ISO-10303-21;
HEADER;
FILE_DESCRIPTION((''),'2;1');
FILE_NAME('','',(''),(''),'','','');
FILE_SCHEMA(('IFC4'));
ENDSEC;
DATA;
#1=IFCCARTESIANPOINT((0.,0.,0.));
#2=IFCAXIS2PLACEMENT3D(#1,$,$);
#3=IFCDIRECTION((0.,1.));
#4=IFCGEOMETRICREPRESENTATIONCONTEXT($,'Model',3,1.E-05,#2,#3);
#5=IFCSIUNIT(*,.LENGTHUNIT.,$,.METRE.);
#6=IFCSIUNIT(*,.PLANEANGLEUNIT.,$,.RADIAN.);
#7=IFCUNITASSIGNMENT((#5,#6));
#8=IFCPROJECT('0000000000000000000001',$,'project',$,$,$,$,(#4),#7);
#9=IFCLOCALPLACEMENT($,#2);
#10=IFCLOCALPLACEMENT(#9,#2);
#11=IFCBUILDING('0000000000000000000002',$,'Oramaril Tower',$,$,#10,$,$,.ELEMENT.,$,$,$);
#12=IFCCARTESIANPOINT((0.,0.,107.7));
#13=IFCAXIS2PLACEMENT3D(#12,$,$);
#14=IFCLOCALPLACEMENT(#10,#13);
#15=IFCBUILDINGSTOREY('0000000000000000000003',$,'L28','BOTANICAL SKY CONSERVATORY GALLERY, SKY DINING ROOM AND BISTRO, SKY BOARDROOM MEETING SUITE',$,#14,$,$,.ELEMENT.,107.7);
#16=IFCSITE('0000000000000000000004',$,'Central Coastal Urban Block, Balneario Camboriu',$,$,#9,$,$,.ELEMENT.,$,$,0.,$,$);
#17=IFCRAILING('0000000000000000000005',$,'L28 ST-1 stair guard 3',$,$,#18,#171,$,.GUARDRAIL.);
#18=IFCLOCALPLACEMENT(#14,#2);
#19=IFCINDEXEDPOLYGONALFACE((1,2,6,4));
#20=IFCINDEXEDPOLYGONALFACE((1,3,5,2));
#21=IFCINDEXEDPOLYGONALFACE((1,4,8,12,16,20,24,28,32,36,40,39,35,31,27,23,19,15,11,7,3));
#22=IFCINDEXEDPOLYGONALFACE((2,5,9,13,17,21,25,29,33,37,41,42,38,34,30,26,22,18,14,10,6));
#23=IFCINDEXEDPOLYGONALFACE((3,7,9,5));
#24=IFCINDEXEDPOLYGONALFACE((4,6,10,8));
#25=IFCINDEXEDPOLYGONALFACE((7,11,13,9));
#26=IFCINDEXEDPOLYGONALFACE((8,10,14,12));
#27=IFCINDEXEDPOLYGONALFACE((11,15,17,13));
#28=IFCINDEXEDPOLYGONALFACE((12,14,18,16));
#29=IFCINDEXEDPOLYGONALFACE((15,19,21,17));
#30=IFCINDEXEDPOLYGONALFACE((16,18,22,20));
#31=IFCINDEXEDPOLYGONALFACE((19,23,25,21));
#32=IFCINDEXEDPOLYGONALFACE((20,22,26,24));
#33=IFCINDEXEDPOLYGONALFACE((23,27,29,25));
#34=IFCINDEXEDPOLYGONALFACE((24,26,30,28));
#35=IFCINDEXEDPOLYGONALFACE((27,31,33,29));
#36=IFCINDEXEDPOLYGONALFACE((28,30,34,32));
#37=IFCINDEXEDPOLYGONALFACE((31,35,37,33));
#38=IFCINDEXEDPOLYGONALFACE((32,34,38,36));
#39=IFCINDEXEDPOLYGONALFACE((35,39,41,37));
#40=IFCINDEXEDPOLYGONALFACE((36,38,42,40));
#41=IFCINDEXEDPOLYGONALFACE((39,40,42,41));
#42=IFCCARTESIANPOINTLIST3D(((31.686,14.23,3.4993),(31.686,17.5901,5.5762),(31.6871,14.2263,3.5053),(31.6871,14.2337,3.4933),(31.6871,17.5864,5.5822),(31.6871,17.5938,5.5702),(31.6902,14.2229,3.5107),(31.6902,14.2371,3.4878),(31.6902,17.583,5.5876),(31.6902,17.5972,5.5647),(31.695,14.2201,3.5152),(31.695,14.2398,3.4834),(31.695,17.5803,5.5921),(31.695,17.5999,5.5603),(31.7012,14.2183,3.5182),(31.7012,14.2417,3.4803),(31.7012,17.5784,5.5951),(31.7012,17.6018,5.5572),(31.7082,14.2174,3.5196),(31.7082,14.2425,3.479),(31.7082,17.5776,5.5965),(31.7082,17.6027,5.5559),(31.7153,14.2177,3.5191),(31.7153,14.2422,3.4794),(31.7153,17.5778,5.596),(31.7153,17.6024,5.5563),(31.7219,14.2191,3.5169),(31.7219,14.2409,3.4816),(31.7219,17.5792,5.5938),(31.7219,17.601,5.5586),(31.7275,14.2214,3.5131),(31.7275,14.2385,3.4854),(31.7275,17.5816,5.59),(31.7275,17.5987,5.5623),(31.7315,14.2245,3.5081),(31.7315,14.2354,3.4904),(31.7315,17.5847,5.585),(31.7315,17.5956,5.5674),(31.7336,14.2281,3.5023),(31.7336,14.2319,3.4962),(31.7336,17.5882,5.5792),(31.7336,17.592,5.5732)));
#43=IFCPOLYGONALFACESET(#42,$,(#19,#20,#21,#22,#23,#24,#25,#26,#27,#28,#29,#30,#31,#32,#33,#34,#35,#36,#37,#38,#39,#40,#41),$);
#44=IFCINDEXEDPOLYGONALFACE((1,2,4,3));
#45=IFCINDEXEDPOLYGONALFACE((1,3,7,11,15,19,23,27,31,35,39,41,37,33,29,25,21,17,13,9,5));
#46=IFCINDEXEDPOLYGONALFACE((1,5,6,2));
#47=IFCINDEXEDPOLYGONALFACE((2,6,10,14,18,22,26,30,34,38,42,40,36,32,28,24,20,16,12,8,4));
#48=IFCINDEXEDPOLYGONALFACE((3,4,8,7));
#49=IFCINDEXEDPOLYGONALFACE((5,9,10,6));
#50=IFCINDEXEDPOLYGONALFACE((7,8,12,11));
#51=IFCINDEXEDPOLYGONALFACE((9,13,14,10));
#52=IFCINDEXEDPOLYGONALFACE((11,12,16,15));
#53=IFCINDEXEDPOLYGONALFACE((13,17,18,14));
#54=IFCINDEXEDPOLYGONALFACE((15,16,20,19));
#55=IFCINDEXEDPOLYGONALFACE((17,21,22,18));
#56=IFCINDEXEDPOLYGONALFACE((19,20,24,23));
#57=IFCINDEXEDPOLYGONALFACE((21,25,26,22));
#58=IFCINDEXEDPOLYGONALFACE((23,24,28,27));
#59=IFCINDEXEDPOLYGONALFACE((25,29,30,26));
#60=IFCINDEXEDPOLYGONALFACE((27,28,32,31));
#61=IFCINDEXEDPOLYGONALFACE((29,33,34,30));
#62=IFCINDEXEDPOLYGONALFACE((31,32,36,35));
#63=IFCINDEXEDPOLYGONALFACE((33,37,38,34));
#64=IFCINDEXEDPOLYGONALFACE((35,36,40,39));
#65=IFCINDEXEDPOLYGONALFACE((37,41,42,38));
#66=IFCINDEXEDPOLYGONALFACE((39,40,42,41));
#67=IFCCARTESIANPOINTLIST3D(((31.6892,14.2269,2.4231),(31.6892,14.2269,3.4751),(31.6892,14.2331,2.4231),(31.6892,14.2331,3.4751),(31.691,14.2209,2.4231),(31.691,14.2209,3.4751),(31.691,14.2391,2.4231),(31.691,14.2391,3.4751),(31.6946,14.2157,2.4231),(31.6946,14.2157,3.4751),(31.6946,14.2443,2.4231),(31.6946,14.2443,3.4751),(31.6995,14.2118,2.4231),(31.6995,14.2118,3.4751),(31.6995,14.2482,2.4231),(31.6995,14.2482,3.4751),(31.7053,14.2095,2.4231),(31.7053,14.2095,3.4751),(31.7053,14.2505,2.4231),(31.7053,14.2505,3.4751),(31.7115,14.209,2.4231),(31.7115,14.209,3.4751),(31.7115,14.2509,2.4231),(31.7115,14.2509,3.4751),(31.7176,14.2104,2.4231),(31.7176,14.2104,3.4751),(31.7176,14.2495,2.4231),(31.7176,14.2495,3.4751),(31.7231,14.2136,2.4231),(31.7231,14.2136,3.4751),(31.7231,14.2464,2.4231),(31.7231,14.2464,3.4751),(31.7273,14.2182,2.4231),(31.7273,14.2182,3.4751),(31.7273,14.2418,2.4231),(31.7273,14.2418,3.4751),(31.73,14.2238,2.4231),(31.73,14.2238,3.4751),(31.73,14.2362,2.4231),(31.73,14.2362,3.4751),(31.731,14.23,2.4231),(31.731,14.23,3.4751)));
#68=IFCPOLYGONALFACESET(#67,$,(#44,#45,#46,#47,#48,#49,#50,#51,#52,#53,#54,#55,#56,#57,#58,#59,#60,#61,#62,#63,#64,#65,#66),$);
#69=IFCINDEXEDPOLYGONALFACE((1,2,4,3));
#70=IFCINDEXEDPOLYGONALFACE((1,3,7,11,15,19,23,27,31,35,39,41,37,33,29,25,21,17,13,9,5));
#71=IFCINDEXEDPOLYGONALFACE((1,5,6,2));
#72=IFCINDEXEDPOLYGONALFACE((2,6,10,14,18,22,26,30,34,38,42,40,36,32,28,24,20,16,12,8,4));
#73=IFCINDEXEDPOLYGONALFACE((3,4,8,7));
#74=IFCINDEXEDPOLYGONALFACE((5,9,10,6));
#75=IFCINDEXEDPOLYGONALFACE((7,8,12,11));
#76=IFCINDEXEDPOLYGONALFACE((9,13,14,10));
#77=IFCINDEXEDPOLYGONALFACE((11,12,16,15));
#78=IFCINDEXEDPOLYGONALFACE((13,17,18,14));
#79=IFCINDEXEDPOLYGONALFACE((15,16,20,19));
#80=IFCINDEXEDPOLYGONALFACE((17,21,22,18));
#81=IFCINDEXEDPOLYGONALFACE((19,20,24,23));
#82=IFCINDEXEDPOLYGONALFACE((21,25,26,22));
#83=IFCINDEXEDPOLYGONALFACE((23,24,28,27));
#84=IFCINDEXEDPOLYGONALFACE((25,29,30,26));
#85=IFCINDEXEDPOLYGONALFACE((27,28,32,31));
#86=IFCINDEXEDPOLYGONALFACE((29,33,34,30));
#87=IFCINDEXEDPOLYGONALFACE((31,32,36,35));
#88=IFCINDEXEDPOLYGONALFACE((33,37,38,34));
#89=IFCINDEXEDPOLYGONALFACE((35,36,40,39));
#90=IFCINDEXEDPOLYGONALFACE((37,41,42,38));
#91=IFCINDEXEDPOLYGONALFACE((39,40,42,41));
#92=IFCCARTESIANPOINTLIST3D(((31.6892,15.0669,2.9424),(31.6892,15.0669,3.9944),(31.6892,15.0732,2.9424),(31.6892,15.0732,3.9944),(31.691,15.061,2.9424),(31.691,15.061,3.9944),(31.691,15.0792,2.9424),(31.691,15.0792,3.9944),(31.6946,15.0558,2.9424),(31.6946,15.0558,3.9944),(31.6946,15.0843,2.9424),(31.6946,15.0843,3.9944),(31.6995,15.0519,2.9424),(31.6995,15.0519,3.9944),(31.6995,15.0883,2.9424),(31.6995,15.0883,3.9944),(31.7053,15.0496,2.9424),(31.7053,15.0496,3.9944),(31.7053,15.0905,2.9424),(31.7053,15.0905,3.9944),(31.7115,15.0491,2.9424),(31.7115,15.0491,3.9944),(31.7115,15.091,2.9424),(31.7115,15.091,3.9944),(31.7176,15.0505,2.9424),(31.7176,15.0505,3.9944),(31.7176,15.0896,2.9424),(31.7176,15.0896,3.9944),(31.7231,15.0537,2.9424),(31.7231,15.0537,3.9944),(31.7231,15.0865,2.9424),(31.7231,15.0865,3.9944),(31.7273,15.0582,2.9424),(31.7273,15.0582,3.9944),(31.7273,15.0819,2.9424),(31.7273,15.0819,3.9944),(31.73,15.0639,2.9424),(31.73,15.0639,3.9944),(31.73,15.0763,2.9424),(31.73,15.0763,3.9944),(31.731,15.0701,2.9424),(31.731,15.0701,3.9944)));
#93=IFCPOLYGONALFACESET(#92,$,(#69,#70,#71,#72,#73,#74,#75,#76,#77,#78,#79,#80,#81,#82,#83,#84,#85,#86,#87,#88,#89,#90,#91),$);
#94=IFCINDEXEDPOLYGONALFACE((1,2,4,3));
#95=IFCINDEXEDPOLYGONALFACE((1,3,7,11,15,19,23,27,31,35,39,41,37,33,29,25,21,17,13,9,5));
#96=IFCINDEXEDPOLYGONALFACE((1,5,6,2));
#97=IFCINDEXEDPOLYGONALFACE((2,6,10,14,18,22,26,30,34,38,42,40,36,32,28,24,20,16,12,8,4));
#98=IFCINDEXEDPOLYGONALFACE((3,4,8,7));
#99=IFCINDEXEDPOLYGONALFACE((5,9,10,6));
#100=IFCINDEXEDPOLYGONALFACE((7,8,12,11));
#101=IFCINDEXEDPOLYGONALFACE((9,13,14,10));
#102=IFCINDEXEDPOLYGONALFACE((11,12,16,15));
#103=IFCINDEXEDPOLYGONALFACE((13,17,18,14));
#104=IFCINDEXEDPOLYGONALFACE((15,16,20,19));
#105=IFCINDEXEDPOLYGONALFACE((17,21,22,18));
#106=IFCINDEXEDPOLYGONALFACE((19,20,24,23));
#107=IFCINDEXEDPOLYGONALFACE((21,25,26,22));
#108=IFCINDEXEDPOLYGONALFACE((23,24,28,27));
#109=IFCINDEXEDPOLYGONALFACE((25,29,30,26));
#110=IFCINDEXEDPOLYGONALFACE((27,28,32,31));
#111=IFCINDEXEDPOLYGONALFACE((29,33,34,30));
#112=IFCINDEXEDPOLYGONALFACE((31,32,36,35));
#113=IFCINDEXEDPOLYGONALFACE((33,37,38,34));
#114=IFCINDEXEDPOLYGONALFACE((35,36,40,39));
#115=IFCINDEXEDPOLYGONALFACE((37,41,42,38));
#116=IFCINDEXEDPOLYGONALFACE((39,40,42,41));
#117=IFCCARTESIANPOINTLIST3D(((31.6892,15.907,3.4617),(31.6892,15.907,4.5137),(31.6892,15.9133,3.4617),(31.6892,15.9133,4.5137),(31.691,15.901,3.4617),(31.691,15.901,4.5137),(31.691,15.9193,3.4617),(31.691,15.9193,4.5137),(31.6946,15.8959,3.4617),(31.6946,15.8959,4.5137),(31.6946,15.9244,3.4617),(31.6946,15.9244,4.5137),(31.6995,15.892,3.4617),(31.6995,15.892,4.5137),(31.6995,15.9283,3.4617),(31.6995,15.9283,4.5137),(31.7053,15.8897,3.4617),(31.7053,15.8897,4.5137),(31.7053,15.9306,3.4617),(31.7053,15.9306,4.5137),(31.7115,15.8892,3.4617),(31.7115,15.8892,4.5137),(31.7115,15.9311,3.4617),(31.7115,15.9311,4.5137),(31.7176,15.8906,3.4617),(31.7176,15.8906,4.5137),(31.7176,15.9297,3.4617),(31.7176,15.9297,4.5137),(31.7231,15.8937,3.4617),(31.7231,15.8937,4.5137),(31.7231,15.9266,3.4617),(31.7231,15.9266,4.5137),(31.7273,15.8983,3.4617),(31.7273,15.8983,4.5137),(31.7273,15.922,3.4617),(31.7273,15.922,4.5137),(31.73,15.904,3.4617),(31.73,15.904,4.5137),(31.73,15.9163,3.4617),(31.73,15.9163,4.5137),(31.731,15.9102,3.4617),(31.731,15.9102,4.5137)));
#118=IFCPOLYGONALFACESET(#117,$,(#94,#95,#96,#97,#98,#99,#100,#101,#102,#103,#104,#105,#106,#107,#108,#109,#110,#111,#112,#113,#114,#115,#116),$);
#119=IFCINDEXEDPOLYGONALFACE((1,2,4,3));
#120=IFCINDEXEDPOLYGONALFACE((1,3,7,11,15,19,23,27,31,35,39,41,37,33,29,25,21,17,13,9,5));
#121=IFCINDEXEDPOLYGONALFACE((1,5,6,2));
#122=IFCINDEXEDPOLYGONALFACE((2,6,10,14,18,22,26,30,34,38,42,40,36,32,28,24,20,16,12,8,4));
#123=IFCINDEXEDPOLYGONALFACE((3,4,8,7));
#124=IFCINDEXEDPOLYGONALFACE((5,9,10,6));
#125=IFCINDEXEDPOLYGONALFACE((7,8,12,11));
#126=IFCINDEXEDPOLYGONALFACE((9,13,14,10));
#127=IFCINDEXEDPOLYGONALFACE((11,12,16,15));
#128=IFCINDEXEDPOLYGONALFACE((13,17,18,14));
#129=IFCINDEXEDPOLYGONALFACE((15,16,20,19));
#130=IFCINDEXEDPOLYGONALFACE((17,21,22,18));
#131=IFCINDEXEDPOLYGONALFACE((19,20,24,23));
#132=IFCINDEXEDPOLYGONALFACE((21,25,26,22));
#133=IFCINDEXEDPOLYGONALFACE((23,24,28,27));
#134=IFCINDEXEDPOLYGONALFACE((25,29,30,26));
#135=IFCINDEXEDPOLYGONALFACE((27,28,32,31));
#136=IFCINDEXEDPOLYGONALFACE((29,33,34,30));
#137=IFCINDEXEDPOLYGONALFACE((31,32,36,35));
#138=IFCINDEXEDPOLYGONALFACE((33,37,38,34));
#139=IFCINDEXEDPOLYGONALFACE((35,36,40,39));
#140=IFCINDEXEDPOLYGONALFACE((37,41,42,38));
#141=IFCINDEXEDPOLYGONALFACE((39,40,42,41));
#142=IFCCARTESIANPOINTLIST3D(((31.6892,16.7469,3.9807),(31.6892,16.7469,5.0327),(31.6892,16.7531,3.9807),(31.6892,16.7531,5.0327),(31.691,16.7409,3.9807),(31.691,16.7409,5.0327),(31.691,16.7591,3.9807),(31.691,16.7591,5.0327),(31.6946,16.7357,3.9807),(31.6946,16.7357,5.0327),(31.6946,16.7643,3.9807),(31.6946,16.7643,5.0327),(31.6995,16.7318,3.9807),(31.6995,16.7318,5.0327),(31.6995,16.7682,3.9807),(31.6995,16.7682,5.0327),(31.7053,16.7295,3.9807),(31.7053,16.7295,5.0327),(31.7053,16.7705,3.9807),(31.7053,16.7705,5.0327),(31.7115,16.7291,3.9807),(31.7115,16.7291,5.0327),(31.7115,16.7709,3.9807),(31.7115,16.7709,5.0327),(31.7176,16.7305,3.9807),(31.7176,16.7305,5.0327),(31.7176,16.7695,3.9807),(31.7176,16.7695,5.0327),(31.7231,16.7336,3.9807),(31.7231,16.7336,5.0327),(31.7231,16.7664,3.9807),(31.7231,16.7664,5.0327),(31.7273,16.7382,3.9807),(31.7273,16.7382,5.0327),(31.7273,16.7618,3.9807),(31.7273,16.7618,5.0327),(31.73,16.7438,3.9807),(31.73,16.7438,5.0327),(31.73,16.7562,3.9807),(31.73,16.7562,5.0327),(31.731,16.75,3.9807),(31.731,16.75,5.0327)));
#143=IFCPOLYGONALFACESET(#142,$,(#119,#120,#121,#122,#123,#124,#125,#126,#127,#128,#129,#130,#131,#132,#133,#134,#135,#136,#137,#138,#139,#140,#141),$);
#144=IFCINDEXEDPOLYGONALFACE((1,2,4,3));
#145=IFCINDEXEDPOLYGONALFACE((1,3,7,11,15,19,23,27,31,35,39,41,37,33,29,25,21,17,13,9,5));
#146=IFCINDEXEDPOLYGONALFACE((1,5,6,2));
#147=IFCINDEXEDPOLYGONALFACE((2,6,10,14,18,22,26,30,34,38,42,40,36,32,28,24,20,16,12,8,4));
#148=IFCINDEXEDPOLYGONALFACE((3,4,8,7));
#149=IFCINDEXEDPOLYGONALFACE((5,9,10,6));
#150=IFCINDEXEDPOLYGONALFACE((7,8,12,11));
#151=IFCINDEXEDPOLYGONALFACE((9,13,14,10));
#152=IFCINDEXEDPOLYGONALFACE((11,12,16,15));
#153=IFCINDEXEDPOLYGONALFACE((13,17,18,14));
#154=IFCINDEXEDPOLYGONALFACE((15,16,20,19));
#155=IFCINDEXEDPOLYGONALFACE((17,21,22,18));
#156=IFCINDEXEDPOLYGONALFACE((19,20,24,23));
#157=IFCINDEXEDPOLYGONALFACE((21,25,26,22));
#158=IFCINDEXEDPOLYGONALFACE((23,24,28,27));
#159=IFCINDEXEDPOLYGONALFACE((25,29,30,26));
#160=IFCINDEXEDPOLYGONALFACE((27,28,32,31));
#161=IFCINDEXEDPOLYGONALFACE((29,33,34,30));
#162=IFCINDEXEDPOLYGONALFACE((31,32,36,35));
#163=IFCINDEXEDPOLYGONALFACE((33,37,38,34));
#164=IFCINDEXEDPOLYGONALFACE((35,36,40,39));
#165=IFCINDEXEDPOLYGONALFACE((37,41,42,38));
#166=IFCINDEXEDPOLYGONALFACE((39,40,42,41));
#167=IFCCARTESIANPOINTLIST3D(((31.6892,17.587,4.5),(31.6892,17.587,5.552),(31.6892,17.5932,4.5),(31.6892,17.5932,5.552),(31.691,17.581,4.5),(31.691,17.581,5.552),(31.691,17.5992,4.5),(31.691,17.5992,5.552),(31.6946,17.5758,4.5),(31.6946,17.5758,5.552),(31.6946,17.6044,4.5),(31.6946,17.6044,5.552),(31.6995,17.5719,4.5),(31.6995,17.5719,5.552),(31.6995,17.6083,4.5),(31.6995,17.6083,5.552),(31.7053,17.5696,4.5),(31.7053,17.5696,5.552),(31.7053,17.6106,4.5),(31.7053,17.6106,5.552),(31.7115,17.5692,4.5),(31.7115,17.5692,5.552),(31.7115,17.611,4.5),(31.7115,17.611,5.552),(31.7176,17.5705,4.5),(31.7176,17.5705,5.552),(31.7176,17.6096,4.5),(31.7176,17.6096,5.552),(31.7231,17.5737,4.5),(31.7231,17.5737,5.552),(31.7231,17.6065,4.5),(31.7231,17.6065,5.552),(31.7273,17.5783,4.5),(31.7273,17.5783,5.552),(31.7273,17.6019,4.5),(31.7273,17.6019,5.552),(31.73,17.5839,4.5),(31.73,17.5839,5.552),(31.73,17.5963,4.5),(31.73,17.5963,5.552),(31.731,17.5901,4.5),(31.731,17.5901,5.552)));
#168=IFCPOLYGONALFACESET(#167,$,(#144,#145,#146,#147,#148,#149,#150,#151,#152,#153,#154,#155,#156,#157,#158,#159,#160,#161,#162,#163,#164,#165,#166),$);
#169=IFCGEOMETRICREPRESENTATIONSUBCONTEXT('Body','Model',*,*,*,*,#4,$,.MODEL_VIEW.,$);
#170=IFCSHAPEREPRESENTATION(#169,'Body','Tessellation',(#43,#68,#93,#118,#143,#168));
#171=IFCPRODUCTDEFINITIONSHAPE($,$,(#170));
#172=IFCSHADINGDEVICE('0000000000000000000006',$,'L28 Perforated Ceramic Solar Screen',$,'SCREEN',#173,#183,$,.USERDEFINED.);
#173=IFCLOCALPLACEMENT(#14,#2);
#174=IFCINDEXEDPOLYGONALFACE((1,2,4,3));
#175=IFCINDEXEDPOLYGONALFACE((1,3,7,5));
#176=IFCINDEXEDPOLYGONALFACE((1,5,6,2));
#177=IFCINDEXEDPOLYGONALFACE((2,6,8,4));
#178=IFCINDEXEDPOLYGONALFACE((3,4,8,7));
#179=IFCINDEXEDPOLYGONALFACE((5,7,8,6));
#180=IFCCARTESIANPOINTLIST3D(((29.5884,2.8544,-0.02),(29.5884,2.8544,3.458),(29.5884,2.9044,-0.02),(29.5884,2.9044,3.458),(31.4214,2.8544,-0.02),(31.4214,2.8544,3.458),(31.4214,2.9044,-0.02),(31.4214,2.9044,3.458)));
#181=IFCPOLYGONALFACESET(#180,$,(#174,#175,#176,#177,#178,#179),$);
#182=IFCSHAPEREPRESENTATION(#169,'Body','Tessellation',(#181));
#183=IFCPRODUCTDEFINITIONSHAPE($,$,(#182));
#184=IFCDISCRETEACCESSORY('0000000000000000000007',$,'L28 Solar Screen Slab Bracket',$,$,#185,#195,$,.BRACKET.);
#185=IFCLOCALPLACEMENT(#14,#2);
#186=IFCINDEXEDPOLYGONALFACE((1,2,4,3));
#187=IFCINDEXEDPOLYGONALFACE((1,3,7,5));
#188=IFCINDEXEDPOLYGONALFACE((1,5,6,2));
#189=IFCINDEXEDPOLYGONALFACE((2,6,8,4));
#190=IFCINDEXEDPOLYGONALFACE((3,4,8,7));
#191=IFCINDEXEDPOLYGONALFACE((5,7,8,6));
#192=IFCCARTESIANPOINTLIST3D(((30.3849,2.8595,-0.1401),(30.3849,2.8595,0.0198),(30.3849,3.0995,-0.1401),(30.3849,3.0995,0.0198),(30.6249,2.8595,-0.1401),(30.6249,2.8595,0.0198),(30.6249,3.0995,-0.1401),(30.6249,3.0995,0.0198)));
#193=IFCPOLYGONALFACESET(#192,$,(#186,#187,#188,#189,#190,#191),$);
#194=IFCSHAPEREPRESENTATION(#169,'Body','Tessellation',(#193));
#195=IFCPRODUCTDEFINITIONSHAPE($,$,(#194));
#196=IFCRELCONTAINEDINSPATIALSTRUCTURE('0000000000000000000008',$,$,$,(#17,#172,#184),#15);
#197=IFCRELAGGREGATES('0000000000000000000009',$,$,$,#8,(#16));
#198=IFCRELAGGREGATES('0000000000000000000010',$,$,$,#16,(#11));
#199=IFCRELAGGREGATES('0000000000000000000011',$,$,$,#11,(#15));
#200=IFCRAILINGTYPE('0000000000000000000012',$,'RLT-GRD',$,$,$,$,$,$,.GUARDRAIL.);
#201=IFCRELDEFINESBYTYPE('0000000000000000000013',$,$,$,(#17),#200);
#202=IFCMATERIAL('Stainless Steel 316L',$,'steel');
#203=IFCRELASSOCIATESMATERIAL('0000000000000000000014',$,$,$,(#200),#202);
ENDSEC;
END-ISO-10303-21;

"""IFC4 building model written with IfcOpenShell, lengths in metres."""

from ifc_helpers import new_model, si_unit, direction, frame, origin, origin_2d, place, context, subcontext, project, spatial, rectangle, circle, extrude, material, type_object, element, save


model = new_model("IFC4")

# Units and contexts
model_context = context("Model", 3, precision=1e-05, world=origin(), true_north=direction((0.0, 1.0)))
body_context = subcontext(model_context, "Body", "Model", "MODEL_VIEW")
ifc_project = project(units=[si_unit("LENGTHUNIT", "METRE"), si_unit("PLANEANGLEUNIT", "RADIAN")], contexts=[model_context])

# Site, building, storey
site_placement = place(None, origin())
site = spatial("IfcSite", under=ifc_project, at=site_placement, Name="Central Coastal Urban Block, Balneario Camboriu", CompositionType="ELEMENT", RefElevation=0.0)
building_placement = place(site_placement, origin())
building = spatial("IfcBuilding", under=site, at=building_placement, Name="Oramaril Tower", CompositionType="ELEMENT")
storey_placement = place(building_placement, frame((0.0, 0.0, 107.7)))
storey = spatial("IfcBuildingStorey", under=building, at=storey_placement, Name="L28", Description="BOTANICAL SKY CONSERVATORY GALLERY, SKY DINING ROOM AND BISTRO, SKY BOARDROOM MEETING SUITE", CompositionType="ELEMENT", Elevation=107.7)

# Railing
ifc_material_1 = material(Name="Stainless Steel 316L", Category="steel")
railing_type = type_object("IfcRailingType", Name="RLT-GRD", PredefinedType="GUARDRAIL", material=ifc_material_1)
railing_1_placement = place(storey_placement, frame((31.71, 14.23, 2.4231)))
element("IfcRailing", 1, at=railing_1_placement, inside=storey, type_object=railing_type, Name="L28 ST-1 stair guard 3", PredefinedType="GUARDRAIL", context=body_context, shape_type="SweptSolid", body=[
    extrude(circle(Radius=0.0239, at=origin_2d()), frame((0.0, 0.0, 1.0762), z_axis=(0.0, 0.850623, 0.525776), x_axis=(-1.0, 0.0, 0.0)), (0.0, 0.0, 1.0), 3.9502),
    extrude(circle(Radius=0.021, at=origin_2d()), origin(), (0.0, 0.0, 1.0), 1.052),
    extrude(circle(Radius=0.021, at=origin_2d()), frame((0.0, 0.8401, 0.5193)), (0.0, 0.0, 1.0), 1.052),
    extrude(circle(Radius=0.021, at=origin_2d()), frame((0.0, 1.6802, 1.0386)), (0.0, 0.0, 1.0), 1.052),
    extrude(circle(Radius=0.021, at=origin_2d()), frame((0.0, 2.52, 1.5576)), (0.0, 0.0, 1.0), 1.052),
    extrude(circle(Radius=0.021, at=origin_2d()), frame((0.0, 3.3601, 2.0769)), (0.0, 0.0, 1.0), 1.052),
])

# Shading device
shading_device_placement = place(storey_placement, frame((30.5049, 2.8794, -0.02), z_axis=(0.0, 0.0, 1.0), x_axis=(1.0, 0.0, 0.0)))
element("IfcShadingDevice", 2, at=shading_device_placement, inside=storey, Name="L28 Perforated Ceramic Solar Screen", ObjectType="SCREEN", PredefinedType="USERDEFINED", context=body_context, shape_type="SweptSolid", body=[
    extrude(rectangle(XDim=1.833, YDim=0.05, at=origin_2d()), origin(), (0.0, 0.0, 1.0), 3.478),
])

# Discrete accessory
discrete_accessory_placement = place(storey_placement, frame((30.5049, 2.9795, -0.1401), z_axis=(0.0, 0.0, 1.0), x_axis=(1.0, 0.0, 0.0)))
element("IfcDiscreteAccessory", 3, at=discrete_accessory_placement, inside=storey, Name="L28 Solar Screen Slab Bracket", PredefinedType="BRACKET", context=body_context, shape_type="SweptSolid", body=[
    extrude(rectangle(XDim=0.24, YDim=0.24, at=origin_2d()), origin(), (0.0, 0.0, 1.0), 0.1599),
])

save(model, "model.ifc")
